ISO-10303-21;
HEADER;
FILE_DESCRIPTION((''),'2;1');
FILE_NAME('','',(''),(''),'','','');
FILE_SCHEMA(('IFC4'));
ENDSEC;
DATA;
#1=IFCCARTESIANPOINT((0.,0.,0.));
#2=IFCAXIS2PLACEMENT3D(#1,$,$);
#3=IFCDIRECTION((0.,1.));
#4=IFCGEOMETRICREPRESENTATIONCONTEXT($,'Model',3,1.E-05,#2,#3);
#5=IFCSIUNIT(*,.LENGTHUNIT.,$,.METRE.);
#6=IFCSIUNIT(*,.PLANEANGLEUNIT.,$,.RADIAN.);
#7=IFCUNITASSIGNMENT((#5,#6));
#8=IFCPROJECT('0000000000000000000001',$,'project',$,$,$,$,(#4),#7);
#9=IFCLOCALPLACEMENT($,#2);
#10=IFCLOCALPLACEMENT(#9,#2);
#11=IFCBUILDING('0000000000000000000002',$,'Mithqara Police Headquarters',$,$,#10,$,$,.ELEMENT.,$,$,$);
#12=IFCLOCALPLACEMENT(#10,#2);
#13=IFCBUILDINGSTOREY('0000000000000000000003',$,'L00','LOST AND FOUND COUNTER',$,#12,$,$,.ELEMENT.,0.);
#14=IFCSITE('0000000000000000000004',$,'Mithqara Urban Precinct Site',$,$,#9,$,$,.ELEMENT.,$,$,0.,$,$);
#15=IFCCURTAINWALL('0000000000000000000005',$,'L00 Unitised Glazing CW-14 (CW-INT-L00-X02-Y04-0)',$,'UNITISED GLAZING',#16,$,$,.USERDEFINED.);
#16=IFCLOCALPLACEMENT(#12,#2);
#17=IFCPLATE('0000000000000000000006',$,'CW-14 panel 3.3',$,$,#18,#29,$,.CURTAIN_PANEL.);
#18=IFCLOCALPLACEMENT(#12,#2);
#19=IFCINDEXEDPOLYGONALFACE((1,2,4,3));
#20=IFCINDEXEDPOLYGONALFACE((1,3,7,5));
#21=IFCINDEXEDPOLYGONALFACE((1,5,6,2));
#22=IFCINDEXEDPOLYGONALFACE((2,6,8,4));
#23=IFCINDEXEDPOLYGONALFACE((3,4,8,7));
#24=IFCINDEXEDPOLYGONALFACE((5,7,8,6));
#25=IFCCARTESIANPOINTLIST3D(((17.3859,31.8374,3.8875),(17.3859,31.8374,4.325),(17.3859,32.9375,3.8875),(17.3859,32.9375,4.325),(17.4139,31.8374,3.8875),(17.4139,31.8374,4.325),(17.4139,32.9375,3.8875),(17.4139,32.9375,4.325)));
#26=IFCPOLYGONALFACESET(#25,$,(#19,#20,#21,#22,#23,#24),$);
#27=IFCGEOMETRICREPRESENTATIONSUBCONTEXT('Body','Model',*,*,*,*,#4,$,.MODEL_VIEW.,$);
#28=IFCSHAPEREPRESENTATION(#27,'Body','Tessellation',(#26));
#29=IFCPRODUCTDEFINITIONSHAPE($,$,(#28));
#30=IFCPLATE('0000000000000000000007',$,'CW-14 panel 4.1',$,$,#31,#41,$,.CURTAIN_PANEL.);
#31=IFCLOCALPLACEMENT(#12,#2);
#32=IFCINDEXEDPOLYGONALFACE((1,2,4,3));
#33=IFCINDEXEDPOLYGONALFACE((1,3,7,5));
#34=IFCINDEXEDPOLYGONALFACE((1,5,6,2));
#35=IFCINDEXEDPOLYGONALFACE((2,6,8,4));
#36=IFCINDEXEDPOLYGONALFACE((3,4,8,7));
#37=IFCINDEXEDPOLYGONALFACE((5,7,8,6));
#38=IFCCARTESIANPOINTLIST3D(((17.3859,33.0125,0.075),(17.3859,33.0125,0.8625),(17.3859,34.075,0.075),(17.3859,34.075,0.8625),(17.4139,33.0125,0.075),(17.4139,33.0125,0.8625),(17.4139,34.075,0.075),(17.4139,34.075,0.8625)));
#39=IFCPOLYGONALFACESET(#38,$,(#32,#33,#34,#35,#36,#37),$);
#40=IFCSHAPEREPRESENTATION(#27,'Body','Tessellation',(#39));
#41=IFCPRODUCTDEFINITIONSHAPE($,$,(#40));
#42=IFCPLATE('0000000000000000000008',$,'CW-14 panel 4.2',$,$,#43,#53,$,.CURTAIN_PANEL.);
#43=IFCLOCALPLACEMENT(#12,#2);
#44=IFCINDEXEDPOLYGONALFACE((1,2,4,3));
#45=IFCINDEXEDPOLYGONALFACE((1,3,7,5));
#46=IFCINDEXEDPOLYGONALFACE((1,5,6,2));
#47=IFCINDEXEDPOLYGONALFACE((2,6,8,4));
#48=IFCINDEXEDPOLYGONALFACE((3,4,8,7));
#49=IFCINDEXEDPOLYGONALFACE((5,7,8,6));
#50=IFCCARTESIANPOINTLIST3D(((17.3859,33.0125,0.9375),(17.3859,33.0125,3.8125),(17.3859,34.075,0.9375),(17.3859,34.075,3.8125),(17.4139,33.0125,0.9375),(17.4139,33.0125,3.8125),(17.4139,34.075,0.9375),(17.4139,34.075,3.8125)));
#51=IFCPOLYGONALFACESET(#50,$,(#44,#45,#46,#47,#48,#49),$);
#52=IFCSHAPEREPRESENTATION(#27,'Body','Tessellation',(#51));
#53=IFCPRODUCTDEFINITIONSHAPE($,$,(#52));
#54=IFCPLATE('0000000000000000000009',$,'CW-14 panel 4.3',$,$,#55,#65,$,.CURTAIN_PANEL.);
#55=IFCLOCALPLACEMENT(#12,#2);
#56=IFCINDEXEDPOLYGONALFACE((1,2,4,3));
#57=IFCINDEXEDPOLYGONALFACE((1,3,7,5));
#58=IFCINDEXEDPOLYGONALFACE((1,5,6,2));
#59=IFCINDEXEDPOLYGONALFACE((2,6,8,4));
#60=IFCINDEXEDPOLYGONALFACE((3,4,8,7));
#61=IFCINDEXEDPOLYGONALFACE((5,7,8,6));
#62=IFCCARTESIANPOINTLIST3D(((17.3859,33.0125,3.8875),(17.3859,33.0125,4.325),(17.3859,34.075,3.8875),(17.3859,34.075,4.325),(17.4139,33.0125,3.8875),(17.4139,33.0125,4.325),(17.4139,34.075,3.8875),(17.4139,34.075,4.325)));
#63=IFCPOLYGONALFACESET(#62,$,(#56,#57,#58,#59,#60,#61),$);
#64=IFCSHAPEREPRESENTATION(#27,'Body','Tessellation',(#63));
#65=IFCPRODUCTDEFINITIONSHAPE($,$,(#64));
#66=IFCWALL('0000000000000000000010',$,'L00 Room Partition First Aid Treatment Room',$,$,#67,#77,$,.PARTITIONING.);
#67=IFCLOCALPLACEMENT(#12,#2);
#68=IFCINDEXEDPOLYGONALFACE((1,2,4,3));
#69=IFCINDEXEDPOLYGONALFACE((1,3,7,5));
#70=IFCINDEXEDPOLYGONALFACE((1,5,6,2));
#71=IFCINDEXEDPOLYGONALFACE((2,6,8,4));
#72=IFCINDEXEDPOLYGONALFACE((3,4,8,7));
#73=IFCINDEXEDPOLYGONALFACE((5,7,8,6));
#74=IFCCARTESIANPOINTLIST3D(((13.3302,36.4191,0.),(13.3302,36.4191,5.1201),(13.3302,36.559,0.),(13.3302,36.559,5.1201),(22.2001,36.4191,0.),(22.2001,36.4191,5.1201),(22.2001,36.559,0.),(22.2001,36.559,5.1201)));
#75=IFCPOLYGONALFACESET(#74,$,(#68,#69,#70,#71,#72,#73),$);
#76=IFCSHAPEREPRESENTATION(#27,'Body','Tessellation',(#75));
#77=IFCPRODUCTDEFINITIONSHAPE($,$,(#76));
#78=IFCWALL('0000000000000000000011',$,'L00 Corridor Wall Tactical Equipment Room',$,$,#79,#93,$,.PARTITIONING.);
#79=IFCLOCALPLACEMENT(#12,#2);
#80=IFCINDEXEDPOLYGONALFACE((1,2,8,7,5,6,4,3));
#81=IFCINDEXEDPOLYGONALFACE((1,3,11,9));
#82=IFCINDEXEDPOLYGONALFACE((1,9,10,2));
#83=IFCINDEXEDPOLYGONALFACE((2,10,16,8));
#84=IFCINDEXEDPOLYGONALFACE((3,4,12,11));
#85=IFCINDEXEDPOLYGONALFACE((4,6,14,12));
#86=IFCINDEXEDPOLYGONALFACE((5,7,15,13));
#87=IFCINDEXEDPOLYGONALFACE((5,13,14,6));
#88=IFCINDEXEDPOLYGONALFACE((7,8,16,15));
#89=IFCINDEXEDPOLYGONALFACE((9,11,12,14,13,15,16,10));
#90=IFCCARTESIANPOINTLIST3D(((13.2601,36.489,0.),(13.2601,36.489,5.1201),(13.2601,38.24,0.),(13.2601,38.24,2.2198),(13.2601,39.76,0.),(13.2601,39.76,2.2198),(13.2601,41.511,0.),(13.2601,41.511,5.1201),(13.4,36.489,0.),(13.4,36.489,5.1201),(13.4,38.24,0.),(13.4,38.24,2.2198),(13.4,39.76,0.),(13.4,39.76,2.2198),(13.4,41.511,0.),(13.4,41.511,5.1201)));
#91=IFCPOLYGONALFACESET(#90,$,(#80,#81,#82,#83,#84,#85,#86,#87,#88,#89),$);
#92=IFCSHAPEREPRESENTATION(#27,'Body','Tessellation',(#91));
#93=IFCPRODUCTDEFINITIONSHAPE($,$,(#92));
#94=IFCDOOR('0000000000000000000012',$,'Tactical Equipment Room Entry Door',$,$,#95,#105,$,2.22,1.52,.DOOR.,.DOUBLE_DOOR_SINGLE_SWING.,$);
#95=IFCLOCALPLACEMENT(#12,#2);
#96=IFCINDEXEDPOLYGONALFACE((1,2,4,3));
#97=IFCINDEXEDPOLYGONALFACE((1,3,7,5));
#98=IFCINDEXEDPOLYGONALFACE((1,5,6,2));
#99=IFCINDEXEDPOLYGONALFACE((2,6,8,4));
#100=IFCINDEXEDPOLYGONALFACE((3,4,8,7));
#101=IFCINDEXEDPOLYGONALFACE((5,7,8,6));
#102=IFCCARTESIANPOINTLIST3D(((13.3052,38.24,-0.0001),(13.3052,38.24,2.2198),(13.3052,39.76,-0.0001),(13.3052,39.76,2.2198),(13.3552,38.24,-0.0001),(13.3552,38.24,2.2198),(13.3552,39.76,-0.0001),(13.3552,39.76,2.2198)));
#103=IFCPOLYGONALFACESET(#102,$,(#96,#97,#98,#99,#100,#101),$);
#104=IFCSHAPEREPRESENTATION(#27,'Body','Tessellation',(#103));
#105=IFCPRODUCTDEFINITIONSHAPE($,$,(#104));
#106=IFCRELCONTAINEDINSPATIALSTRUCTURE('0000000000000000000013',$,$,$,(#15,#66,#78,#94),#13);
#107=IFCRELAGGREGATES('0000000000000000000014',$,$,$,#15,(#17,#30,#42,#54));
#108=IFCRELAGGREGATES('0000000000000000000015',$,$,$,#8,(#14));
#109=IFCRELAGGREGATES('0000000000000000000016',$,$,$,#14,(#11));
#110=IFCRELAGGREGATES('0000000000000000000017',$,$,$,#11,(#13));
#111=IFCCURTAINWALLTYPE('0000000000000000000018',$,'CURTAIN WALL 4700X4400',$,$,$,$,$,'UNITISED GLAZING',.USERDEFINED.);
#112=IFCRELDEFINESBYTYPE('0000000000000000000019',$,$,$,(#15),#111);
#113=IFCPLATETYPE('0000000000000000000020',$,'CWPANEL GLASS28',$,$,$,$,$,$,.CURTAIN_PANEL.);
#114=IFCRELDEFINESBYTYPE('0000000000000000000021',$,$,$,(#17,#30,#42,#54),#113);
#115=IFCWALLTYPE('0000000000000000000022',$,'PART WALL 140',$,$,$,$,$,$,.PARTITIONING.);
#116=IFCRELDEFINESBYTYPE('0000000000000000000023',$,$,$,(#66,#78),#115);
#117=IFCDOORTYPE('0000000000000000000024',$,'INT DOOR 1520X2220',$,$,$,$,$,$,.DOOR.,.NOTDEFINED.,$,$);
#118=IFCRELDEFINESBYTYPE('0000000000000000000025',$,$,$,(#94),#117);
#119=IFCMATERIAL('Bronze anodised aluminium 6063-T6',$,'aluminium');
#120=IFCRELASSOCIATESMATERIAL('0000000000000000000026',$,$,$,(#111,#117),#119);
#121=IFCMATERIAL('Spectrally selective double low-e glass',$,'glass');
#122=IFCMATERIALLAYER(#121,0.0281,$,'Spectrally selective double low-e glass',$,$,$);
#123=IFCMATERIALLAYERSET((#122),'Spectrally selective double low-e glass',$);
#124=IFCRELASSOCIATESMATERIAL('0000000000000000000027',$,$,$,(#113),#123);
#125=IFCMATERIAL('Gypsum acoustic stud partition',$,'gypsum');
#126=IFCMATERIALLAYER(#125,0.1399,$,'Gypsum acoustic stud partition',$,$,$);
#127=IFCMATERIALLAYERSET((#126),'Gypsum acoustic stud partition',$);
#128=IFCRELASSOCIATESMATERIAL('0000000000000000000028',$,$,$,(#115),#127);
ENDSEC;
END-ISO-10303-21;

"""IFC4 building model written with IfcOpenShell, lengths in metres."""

from ifc_helpers import new_model, si_unit, direction, frame, frame_2d, origin, origin_2d, place, context, subcontext, project, spatial, rectangle, extrude, material, layer, layer_set, type_object, element, fill, aggregate, save


model = new_model("IFC4")

# Units and contexts
model_context = context("Model", 3, precision=1e-05, world=origin(), true_north=direction((0.0, 1.0)))
body_context = subcontext(model_context, "Body", "Model", "MODEL_VIEW")
ifc_project = project(units=[si_unit("LENGTHUNIT", "METRE"), si_unit("PLANEANGLEUNIT", "RADIAN")], contexts=[model_context])

# Site, building, storey
site_placement = place(None, origin())
site = spatial("IfcSite", under=ifc_project, at=site_placement, Name="Mithqara Urban Precinct Site", CompositionType="ELEMENT", RefElevation=0.0)
building_placement = place(site_placement, origin())
building = spatial("IfcBuilding", under=site, at=building_placement, Name="Mithqara Police Headquarters", CompositionType="ELEMENT")
storey_placement = place(building_placement, origin())
storey = spatial("IfcBuildingStorey", under=building, at=storey_placement, Name="L00", Description="LOST AND FOUND COUNTER", CompositionType="ELEMENT", Elevation=0.0)

# Curtain wall
ifc_material_1 = material(Name="Bronze anodised aluminium 6063-T6", Category="aluminium")
curtain_wall_type = type_object("IfcCurtainWallType", Name="CURTAIN WALL 4700X4400", ElementType="UNITISED GLAZING", PredefinedType="USERDEFINED", material=ifc_material_1)
curtain_wall_1_placement = place(storey_placement, origin())
curtain_wall_1 = element("IfcCurtainWall", 1, at=curtain_wall_1_placement, inside=storey, type_object=curtain_wall_type, Name="L00 Unitised Glazing CW-14 (CW-INT-L00-X02-Y04-0)", ObjectType="UNITISED GLAZING", PredefinedType="USERDEFINED")

# Plates
ifc_material_2 = material(Name="Spectrally selective double low-e glass", Category="glass")
ifc_layer_1 = layer(ifc_material_2, 0.0281, Name="Spectrally selective double low-e glass")
ifc_layer_set_1 = layer_set([ifc_layer_1], Name="Spectrally selective double low-e glass")
plate_type = type_object("IfcPlateType", Name="CWPANEL GLASS28", PredefinedType="CURTAIN_PANEL", material=ifc_layer_set_1)
plate_1_placement = place(storey_placement, frame((17.3999, 32.3875, 3.8875), z_axis=(0.0, 0.0, 1.0), x_axis=(0.0, 1.0, 0.0)))
plate_1 = element("IfcPlate", 2, at=plate_1_placement, type_object=plate_type, Name="CW-14 panel 3.3", PredefinedType="CURTAIN_PANEL", context=body_context, shape_type="SweptSolid", body=[
    extrude(rectangle(XDim=1.1001, YDim=0.0281, at=origin_2d()), origin(), (0.0, 0.0, 1.0), 0.4375),
])
plate_2_placement = place(storey_placement, frame((17.3999, 33.5437, 0.075), z_axis=(0.0, 0.0, 1.0), x_axis=(0.0, 1.0, 0.0)))
plate_2 = element("IfcPlate", 3, at=plate_2_placement, type_object=plate_type, Name="CW-14 panel 4.1", PredefinedType="CURTAIN_PANEL", context=body_context, shape_type="SweptSolid", body=[
    extrude(rectangle(XDim=1.0625, YDim=0.0281, at=origin_2d()), origin(), (0.0, 0.0, 1.0), 0.7876),
])
plate_3_placement = place(storey_placement, frame((17.3999, 33.5437, 0.9375), z_axis=(0.0, 0.0, 1.0), x_axis=(0.0, 1.0, 0.0)))
plate_3 = element("IfcPlate", 4, at=plate_3_placement, type_object=plate_type, Name="CW-14 panel 4.2", PredefinedType="CURTAIN_PANEL", context=body_context, shape_type="SweptSolid", body=[
    extrude(rectangle(XDim=1.0625, YDim=0.0281, at=origin_2d()), origin(), (0.0, 0.0, 1.0), 2.875),
])
plate_4_placement = place(storey_placement, frame((17.3999, 33.5437, 3.8875), z_axis=(0.0, 0.0, 1.0), x_axis=(0.0, 1.0, 0.0)))
plate_4 = element("IfcPlate", 5, at=plate_4_placement, type_object=plate_type, Name="CW-14 panel 4.3", PredefinedType="CURTAIN_PANEL", context=body_context, shape_type="SweptSolid", body=[
    extrude(rectangle(XDim=1.0625, YDim=0.0281, at=origin_2d()), origin(), (0.0, 0.0, 1.0), 0.4375),
])
aggregate(curtain_wall_1, [plate_1, plate_2, plate_3, plate_4])

# Wall
ifc_material_3 = material(Name="Gypsum acoustic stud partition", Category="gypsum")
ifc_layer_2 = layer(ifc_material_3, 0.1399, Name="Gypsum acoustic stud partition")
ifc_layer_set_2 = layer_set([ifc_layer_2], Name="Gypsum acoustic stud partition")
wall_type = type_object("IfcWallType", Name="PART WALL 140", PredefinedType="PARTITIONING", material=ifc_layer_set_2)
wall_1_placement = place(storey_placement, frame((13.3301, 36.489, 0.0), z_axis=(0.0, 0.0, 1.0), x_axis=(1.0, 0.0, 0.0)))
element("IfcWall", 6, at=wall_1_placement, inside=storey, type_object=wall_type, Name="L00 Room Partition First Aid Treatment Room", PredefinedType="PARTITIONING", context=body_context, shape_type="SweptSolid", body=[
    extrude(rectangle(XDim=8.8699, YDim=0.1399, at=frame_2d((4.4351, 0.0))), origin(), (0.0, 0.0, 1.0), 5.1201),
])

# Wall, opening, door
wall_2_placement = place(storey_placement, frame((13.3301, 36.489, 0.0), z_axis=(0.0, 0.0, 1.0), x_axis=(0.0, 1.0, 0.0)))
wall_2 = element("IfcWall", 7, at=wall_2_placement, inside=storey, type_object=wall_type, Name="L00 Corridor Wall Tactical Equipment Room", PredefinedType="PARTITIONING", context=body_context, shape_type="SweptSolid", body=[
    extrude(rectangle(XDim=5.022, YDim=0.1399, at=frame_2d((2.511, 0.0))), origin(), (0.0, 0.0, 1.0), 5.1201),
])
opening_placement = place(wall_2_placement, frame((1.751, 0.0, 0.0)))
opening = element("IfcOpeningElement", 8, at=opening_placement, cuts=wall_2, PredefinedType="OPENING", context=body_context, shape_type="SweptSolid", body=[
    extrude(rectangle(XDim=1.52, YDim=2.22, at=frame_2d((0.76, 1.1099))), frame((0.0, 0.0801, 0.0), z_axis=(0.0, -1.0, 0.0), x_axis=(1.0, 0.0, 0.0)), (0.0, 0.0, 1.0), 0.1599),
])
door_type = type_object("IfcDoorType", Name="INT DOOR 1520X2220", OperationType="NOTDEFINED", PredefinedType="DOOR", material=ifc_material_1)
door_placement = place(opening_placement, origin())
door = element("IfcDoor", 9, at=door_placement, inside=storey, type_object=door_type, Name="Tactical Equipment Room Entry Door", OperationType="DOUBLE_DOOR_SINGLE_SWING", OverallHeight=2.22, OverallWidth=1.52, PredefinedType="DOOR", context=body_context, shape_type="SweptSolid", body=[
    extrude(rectangle(XDim=1.52, YDim=2.22, at=frame_2d((0.76, 1.1099))), frame((0.0, 0.0249, 0.0), z_axis=(0.0, -1.0, 0.0), x_axis=(1.0, 0.0, 0.0)), (0.0, 0.0, 1.0), 0.05),
])
fill(opening, door)

save(model, "model.ifc")
